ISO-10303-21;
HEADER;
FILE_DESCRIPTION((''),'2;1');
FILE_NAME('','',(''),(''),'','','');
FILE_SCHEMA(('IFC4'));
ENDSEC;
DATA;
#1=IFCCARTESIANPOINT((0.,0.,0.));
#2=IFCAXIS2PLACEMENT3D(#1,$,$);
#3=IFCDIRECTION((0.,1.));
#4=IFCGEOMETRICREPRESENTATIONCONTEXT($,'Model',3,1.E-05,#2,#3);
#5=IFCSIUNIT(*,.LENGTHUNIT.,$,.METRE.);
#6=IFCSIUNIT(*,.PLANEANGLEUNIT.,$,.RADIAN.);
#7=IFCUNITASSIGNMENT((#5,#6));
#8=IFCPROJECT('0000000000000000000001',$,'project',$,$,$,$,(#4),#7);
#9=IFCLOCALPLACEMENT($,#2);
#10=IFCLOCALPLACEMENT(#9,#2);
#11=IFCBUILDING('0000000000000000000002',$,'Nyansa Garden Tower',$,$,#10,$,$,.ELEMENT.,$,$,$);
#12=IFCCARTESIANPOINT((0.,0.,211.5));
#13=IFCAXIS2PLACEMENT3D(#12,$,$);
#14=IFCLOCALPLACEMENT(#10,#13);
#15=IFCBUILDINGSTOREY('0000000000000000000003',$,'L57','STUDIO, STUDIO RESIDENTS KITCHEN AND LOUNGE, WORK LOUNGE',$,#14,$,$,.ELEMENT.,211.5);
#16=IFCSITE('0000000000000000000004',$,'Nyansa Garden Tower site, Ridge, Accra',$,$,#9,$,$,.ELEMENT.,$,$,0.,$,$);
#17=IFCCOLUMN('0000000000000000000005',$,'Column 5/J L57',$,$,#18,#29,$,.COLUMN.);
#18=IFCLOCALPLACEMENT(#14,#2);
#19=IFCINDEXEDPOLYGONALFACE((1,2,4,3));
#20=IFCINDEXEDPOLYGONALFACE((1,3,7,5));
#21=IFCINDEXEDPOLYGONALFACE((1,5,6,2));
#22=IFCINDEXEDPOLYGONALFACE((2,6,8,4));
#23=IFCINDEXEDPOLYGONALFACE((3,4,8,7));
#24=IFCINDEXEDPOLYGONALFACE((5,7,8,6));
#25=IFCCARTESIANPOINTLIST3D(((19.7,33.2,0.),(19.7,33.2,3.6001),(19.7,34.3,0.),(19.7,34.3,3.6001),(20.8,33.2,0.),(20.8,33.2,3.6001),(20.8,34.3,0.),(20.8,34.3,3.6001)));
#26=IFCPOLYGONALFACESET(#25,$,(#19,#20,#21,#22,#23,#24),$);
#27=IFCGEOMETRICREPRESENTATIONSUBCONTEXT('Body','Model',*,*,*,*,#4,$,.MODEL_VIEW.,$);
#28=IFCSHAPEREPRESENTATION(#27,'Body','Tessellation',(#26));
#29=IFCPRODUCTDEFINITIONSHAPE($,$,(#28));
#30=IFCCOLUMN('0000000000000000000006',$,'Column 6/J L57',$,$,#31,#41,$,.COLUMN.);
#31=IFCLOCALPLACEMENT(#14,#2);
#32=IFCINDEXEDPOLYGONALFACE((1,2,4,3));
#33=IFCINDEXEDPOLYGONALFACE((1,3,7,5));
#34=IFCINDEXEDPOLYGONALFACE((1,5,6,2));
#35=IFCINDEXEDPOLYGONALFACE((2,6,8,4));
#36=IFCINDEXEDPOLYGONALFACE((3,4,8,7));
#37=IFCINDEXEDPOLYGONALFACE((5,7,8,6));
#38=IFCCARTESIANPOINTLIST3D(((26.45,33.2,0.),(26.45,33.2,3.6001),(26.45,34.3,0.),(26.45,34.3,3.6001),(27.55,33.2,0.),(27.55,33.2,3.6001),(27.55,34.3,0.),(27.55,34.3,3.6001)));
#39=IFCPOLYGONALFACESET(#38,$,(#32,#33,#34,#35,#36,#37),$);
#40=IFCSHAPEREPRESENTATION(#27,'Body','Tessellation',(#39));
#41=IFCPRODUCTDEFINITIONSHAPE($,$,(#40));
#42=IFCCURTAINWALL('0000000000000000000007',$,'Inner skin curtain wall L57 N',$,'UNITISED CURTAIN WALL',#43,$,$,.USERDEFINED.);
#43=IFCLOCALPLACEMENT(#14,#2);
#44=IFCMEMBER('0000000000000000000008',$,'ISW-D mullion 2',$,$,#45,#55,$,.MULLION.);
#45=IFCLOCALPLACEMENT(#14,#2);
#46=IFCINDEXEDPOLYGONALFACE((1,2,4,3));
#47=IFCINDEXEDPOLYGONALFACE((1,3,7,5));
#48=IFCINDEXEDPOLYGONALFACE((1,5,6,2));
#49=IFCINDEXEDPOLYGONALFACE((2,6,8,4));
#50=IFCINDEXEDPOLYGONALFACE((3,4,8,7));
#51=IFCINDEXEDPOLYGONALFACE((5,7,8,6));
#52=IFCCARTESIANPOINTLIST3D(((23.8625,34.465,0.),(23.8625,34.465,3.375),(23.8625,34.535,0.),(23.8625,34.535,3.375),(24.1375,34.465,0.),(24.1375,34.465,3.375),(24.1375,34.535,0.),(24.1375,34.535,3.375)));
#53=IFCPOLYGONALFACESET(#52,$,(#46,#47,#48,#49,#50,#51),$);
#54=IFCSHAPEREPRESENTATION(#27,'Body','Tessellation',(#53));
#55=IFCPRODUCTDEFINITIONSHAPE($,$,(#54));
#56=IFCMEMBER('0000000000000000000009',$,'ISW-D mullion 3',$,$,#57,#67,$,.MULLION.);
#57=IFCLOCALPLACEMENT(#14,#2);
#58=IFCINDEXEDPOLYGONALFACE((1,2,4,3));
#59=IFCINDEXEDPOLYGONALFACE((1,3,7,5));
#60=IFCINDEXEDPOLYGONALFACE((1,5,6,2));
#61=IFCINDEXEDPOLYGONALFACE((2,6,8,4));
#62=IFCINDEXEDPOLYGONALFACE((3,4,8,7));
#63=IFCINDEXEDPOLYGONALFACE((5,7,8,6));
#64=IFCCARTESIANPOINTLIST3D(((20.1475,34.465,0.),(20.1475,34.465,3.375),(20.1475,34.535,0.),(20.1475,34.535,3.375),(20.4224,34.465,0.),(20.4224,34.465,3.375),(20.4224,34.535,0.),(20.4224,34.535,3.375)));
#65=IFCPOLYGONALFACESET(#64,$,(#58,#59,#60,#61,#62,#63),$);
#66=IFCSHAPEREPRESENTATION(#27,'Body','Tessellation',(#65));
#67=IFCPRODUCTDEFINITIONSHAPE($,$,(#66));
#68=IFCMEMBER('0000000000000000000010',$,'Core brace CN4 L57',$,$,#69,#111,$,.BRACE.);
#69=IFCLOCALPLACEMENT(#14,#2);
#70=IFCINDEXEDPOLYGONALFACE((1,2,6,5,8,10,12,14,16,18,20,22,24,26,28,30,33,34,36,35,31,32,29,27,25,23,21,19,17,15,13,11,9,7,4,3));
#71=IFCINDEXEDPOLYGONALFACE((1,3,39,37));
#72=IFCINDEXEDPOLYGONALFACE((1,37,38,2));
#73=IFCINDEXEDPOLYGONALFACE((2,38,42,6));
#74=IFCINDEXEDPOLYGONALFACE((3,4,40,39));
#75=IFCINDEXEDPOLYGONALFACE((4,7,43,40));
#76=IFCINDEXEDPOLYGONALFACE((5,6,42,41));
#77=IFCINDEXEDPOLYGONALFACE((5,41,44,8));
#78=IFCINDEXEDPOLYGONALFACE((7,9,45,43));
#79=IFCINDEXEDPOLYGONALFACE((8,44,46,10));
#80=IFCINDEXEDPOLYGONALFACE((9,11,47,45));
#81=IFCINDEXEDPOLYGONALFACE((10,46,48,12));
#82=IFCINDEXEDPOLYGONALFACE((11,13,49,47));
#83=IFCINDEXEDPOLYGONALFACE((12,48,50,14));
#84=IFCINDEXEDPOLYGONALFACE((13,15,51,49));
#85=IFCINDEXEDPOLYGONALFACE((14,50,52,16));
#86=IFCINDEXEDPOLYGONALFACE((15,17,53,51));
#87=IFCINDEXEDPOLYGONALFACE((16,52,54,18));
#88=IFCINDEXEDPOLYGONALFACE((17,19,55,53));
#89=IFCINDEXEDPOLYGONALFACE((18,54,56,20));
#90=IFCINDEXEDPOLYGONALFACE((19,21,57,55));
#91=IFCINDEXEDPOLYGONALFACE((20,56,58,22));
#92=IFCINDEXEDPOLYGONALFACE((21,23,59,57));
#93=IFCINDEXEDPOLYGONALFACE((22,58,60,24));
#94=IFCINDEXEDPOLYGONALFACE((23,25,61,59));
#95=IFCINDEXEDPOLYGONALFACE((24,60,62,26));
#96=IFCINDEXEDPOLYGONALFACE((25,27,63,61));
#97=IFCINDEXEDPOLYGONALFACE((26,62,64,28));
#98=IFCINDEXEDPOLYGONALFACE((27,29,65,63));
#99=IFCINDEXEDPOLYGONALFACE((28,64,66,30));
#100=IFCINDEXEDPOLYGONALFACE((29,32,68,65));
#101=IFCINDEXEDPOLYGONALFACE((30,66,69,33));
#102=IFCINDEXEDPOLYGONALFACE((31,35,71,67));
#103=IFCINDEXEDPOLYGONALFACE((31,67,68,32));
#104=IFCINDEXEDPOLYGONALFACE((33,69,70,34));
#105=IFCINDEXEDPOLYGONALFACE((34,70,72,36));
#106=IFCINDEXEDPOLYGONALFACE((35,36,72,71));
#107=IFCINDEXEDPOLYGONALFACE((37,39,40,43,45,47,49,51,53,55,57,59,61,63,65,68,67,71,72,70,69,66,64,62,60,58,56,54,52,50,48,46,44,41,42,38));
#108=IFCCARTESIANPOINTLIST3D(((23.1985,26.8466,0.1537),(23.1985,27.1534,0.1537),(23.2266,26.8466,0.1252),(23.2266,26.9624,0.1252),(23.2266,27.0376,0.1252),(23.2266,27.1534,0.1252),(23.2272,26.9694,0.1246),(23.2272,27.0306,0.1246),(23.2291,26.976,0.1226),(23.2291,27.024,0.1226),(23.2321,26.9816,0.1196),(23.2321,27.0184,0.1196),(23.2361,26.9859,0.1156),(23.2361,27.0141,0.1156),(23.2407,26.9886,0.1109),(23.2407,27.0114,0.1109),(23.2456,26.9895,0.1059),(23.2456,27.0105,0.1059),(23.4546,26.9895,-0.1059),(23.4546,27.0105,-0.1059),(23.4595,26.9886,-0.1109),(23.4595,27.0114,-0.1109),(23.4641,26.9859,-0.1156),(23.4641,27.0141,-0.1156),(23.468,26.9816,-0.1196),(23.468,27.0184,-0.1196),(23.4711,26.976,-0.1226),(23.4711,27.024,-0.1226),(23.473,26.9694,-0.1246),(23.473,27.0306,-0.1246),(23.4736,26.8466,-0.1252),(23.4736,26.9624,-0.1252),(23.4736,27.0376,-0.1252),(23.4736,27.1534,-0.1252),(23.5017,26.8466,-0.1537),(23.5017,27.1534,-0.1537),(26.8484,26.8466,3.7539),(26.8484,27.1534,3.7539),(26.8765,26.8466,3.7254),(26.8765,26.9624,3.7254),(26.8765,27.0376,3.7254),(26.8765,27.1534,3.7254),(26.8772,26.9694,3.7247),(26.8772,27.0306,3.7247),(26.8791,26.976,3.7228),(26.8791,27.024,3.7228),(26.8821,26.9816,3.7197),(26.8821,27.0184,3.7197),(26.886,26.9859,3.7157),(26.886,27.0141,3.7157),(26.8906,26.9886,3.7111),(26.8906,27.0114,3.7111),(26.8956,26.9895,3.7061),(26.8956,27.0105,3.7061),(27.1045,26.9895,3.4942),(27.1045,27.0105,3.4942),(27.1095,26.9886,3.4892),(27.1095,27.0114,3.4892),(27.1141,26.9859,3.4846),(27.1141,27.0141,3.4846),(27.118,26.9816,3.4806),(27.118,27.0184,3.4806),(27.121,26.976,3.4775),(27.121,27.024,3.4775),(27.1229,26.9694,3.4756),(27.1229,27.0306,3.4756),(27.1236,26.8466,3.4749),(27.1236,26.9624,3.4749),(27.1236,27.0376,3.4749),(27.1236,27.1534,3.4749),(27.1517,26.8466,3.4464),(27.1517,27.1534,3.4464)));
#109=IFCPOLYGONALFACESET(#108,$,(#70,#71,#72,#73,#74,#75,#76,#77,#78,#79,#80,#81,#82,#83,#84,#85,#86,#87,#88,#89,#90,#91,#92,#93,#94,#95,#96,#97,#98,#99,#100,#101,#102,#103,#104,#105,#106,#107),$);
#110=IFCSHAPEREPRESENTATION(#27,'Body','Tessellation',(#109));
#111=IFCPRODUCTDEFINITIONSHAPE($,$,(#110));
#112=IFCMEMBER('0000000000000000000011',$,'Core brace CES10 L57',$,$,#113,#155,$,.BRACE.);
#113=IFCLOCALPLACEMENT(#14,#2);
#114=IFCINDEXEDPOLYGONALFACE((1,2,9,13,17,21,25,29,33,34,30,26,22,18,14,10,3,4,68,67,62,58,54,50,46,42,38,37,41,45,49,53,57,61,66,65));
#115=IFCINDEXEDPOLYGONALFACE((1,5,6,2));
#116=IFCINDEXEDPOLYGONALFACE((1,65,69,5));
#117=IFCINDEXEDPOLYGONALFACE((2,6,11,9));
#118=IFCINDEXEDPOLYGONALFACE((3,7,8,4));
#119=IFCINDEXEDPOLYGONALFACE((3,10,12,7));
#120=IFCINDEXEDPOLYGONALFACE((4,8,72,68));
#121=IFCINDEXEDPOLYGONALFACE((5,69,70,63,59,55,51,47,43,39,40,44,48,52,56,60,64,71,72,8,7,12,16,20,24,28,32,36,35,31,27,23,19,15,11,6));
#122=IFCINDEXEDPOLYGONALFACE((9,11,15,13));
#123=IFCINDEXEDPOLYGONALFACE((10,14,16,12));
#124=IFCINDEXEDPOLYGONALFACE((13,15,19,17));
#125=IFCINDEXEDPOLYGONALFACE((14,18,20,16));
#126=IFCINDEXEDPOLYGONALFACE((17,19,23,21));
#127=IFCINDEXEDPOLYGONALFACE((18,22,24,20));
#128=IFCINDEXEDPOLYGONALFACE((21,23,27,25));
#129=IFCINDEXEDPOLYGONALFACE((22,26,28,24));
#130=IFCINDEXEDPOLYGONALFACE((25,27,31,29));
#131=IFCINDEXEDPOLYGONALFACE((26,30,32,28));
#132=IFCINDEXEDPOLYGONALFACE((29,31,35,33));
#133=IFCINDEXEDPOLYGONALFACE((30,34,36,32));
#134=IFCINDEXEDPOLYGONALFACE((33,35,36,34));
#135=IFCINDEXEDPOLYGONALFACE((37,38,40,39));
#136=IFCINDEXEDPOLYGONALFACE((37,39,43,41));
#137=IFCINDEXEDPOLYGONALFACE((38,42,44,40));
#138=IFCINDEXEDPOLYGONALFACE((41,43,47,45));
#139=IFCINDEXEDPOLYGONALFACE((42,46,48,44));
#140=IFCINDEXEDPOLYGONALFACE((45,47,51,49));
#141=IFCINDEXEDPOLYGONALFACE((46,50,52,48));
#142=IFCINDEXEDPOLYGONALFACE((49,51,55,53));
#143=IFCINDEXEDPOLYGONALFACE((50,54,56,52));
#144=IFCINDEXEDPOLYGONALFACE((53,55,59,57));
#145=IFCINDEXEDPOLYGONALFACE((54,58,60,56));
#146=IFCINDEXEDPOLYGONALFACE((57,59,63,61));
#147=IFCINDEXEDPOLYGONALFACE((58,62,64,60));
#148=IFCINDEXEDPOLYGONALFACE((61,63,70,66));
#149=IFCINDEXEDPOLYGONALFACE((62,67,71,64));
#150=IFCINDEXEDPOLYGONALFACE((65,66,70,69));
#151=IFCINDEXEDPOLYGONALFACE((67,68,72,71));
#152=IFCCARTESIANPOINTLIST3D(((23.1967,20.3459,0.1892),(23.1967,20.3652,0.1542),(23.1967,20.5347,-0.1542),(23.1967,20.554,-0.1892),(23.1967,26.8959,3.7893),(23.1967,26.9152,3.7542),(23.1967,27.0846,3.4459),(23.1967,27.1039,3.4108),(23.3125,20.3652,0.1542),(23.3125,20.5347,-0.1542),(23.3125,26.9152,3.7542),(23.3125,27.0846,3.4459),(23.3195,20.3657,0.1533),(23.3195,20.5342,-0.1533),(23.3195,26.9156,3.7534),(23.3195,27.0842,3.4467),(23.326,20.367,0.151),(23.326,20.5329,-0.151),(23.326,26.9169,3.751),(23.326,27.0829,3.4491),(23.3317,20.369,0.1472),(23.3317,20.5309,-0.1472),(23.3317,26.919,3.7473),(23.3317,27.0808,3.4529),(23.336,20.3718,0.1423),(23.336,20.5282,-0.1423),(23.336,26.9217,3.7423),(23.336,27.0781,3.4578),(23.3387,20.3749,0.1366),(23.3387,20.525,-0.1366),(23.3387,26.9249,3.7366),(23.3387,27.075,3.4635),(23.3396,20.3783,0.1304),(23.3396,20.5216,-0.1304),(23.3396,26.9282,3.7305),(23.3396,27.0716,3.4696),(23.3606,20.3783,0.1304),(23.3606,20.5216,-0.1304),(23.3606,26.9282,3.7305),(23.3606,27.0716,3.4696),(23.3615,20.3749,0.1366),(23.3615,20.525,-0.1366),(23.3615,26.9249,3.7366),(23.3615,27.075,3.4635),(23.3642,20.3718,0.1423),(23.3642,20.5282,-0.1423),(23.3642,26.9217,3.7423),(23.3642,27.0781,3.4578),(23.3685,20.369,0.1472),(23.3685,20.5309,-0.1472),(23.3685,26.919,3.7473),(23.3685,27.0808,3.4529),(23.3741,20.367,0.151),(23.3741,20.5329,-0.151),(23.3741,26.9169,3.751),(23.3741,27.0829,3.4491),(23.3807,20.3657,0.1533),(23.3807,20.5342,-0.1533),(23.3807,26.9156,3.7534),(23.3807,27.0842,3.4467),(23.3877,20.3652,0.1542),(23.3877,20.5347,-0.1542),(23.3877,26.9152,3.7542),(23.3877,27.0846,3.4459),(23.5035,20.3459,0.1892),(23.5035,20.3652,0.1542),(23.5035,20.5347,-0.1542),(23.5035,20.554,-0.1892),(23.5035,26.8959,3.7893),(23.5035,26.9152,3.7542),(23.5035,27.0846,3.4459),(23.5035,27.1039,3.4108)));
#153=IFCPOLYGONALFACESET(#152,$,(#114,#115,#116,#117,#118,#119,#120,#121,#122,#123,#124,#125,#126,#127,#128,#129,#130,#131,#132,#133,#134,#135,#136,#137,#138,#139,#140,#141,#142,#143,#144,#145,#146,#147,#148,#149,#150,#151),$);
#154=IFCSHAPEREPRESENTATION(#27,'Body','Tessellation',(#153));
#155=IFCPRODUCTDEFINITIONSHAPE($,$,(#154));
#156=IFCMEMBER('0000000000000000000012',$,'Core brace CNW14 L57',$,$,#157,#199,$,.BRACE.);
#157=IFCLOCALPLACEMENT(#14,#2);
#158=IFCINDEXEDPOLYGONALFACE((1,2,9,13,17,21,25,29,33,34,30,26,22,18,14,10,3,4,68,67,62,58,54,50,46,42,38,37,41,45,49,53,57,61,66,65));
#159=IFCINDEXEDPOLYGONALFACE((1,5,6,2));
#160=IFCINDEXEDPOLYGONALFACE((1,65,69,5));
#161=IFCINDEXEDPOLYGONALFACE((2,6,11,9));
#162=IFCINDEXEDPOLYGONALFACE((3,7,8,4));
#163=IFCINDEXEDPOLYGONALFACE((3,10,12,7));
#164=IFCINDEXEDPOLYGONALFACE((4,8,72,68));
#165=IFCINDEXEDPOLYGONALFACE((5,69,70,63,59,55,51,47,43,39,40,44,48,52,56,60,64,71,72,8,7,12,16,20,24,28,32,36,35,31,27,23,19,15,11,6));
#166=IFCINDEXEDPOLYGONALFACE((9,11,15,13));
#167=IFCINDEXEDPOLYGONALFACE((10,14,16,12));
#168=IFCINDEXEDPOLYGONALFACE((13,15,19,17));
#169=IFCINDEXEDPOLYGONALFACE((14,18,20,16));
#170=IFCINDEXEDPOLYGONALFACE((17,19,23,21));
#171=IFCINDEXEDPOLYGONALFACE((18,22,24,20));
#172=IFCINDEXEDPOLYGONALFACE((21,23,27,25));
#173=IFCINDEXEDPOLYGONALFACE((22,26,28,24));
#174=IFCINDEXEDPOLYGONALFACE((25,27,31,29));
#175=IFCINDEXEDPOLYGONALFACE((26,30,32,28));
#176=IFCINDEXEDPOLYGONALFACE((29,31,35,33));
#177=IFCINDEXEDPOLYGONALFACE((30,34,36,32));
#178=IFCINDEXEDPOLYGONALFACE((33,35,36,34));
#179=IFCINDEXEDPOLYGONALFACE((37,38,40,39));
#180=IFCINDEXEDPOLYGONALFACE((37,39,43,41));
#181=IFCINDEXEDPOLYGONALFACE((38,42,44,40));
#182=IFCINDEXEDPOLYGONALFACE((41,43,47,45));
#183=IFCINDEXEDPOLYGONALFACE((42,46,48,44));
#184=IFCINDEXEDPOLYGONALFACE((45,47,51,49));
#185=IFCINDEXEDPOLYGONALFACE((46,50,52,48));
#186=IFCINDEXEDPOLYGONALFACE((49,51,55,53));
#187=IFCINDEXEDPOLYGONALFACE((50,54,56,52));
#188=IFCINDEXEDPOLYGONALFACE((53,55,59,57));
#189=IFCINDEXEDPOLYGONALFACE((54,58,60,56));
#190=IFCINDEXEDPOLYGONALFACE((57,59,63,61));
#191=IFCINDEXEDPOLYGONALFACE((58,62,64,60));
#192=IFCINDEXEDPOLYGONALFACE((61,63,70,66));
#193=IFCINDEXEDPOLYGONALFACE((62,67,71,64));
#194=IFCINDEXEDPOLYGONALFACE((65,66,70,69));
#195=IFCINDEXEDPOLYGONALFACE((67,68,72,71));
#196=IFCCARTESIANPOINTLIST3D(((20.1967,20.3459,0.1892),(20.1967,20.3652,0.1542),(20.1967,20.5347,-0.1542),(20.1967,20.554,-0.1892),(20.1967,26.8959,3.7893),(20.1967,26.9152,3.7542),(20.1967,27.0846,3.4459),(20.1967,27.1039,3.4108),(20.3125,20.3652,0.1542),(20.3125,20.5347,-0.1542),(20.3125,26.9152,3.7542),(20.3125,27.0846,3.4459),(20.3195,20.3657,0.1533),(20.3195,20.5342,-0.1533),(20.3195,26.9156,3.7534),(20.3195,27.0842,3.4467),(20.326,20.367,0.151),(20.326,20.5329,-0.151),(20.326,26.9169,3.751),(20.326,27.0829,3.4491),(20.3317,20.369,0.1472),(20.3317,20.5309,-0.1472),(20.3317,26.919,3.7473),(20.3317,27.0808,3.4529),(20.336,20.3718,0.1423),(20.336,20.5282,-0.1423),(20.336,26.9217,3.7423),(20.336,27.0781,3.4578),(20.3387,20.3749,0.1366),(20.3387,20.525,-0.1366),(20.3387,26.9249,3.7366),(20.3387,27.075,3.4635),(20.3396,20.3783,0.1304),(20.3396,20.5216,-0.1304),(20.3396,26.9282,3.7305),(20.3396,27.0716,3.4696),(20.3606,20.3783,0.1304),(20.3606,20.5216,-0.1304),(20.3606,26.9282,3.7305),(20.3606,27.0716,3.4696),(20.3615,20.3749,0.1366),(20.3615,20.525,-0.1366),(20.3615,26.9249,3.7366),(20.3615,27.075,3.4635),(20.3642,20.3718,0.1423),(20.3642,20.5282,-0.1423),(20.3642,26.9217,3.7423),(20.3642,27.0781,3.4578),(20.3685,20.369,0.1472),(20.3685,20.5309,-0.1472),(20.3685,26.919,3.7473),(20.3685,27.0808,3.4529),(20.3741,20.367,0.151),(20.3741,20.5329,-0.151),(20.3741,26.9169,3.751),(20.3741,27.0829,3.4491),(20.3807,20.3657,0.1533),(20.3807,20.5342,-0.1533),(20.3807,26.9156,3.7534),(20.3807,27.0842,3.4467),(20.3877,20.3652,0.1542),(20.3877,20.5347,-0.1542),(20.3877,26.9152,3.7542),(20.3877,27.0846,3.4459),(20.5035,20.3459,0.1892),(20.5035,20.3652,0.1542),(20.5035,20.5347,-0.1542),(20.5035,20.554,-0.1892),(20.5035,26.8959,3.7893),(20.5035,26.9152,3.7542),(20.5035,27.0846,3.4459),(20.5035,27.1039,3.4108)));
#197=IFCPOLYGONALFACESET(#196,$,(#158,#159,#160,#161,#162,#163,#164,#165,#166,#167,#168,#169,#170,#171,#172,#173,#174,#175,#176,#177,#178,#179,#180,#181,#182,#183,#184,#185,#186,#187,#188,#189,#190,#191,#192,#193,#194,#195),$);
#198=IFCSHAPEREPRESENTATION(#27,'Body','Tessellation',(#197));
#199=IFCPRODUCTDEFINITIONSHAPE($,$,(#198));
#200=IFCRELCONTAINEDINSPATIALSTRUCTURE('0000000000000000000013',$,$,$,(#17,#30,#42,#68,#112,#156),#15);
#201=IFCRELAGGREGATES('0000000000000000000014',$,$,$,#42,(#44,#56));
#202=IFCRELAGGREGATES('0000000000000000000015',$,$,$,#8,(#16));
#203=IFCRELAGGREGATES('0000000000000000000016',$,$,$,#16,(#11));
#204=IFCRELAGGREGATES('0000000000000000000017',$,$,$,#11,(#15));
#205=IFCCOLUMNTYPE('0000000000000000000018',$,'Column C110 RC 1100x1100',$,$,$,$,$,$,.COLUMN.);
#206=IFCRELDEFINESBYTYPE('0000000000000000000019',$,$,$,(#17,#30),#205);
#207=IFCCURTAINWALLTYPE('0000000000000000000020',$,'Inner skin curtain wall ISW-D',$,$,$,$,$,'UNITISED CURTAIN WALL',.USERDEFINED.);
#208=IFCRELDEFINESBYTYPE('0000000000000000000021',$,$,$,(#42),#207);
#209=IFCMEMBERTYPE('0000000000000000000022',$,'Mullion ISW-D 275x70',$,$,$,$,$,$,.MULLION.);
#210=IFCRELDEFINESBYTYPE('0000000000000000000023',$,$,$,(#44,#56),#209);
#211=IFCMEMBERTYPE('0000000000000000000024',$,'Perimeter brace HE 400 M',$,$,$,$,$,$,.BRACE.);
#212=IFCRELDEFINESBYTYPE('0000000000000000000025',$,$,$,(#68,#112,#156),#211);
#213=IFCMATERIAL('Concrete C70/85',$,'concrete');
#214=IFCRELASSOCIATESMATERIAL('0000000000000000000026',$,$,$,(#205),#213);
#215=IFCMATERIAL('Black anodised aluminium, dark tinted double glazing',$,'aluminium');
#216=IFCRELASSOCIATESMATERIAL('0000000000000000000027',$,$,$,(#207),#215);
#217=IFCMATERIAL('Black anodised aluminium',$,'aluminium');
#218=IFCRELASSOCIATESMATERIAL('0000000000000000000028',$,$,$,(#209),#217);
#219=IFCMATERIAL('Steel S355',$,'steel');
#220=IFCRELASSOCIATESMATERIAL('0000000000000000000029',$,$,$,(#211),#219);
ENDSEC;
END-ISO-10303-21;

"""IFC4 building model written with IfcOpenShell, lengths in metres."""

from ifc_helpers import new_model, si_unit, direction, frame, origin, origin_2d, place, context, subcontext, project, spatial, rectangle, i_section, extrude, material, material_profile, profile_set, type_object, element, aggregate, save


model = new_model("IFC4")

# Units and contexts
model_context = context("Model", 3, precision=1e-05, world=origin(), true_north=direction((0.0, 1.0)))
body_context = subcontext(model_context, "Body", "Model", "MODEL_VIEW")
ifc_project = project(units=[si_unit("LENGTHUNIT", "METRE"), si_unit("PLANEANGLEUNIT", "RADIAN")], contexts=[model_context])

# Site, building, storey
site_placement = place(None, origin())
site = spatial("IfcSite", under=ifc_project, at=site_placement, Name="Nyansa Garden Tower site, Ridge, Accra", CompositionType="ELEMENT", RefElevation=0.0)
building_placement = place(site_placement, origin())
building = spatial("IfcBuilding", under=site, at=building_placement, Name="Nyansa Garden Tower", CompositionType="ELEMENT")
storey_placement = place(building_placement, frame((0.0, 0.0, 211.5)))
storey = spatial("IfcBuildingStorey", under=building, at=storey_placement, Name="L57", Description="STUDIO, STUDIO RESIDENTS KITCHEN AND LOUNGE, WORK LOUNGE", CompositionType="ELEMENT", Elevation=211.5)

# Columns
ifc_material_1 = material(Name="Concrete C70/85", Category="concrete")
ifc_material_profile_1 = material_profile(ifc_material_1, rectangle(XDim=1.1001, YDim=1.1001, at=origin_2d()), Name="RC 1100x1100")
ifc_profile_set_1 = profile_set([ifc_material_profile_1], Name="Concrete C70/85")
column_type = type_object("IfcColumnType", Name="Column C110 RC 1100x1100", PredefinedType="COLUMN", material=ifc_profile_set_1)
for number, where, z_axis, x_axis, name in (
    (1, (20.25, 33.75, 0.0), (0.0, 0.0, 1.0), (1.0, 0.0, 0.0), "Column 5/J L57"),
    (2, (27.0, 33.75, 0.0), (0.0, 0.0, 1.0), (1.0, 0.0, 0.0), "Column 6/J L57"),
):
    element("IfcColumn", number, at=place(storey_placement, frame(where, z_axis=z_axis, x_axis=x_axis)), inside=storey, type_object=column_type, Name=name, PredefinedType="COLUMN", context=body_context, shape_type="SweptSolid", body=[
        extrude(rectangle(XDim=1.1001, YDim=1.1001, at=origin_2d()), origin(), (0.0, 0.0, 1.0), 3.6001),
    ])

# Curtain wall, members
ifc_material_2 = material(Name="Black anodised aluminium, dark tinted double glazing", Category="aluminium")
curtain_wall_type = type_object("IfcCurtainWallType", Name="Inner skin curtain wall ISW-D", ElementType="UNITISED CURTAIN WALL", PredefinedType="USERDEFINED", material=ifc_material_2)
curtain_wall_placement = place(storey_placement, origin())
curtain_wall = element("IfcCurtainWall", 3, at=curtain_wall_placement, inside=storey, type_object=curtain_wall_type, Name="Inner skin curtain wall L57 N", ObjectType="UNITISED CURTAIN WALL", PredefinedType="USERDEFINED")
ifc_material_3 = material(Name="Black anodised aluminium", Category="aluminium")
ifc_material_profile_2 = material_profile(ifc_material_3, rectangle(XDim=0.0701, YDim=0.2749, at=origin_2d()), Name="Mullion 275x70")
ifc_profile_set_2 = profile_set([ifc_material_profile_2], Name="Black anodised aluminium")
member_type_1 = type_object("IfcMemberType", Name="Mullion ISW-D 275x70", PredefinedType="MULLION", material=ifc_profile_set_2)
member_1_placement = place(storey_placement, frame((24.0, 34.5, 0.0), z_axis=(0.0, 0.0, 1.0), x_axis=(0.0, -1.0, 0.0)))
member_1 = element("IfcMember", 4, at=member_1_placement, type_object=member_type_1, Name="ISW-D mullion 2", PredefinedType="MULLION", context=body_context, shape_type="SweptSolid", body=[
    extrude(rectangle(XDim=0.0701, YDim=0.2749, at=origin_2d()), origin(), (0.0, 0.0, 1.0), 3.375),
])
member_2_placement = place(storey_placement, frame((20.2849, 34.5, 0.0), z_axis=(0.0, 0.0, 1.0), x_axis=(0.0, -1.0, 0.0)))
member_2 = element("IfcMember", 5, at=member_2_placement, type_object=member_type_1, Name="ISW-D mullion 3", PredefinedType="MULLION", context=body_context, shape_type="SweptSolid", body=[
    extrude(rectangle(XDim=0.0701, YDim=0.2749, at=origin_2d()), origin(), (0.0, 0.0, 1.0), 3.375),
])

# Members
ifc_material_4 = material(Name="Steel S355", Category="steel")
ifc_material_profile_3 = material_profile(ifc_material_4, i_section(OverallWidth=0.3069, OverallDepth=0.4319, WebThickness=0.021, FlangeThickness=0.04, FilletRadius=0.0271, at=origin_2d()), Name="HE 400 M")
ifc_profile_set_3 = profile_set([ifc_material_profile_3], Name="Steel S355")
member_type_2 = type_object("IfcMemberType", Name="Perimeter brace HE 400 M", PredefinedType="BRACE", material=ifc_profile_set_3)
member_3_placement = place(storey_placement, frame((23.3501, 27.0, 0.0), z_axis=(0.711948, 0.0, 0.702233), x_axis=(0.0, 1.0, 0.0)))
element("IfcMember", 6, at=member_3_placement, inside=storey, type_object=member_type_2, Name="Core brace CN4 L57", PredefinedType="BRACE", context=body_context, shape_type="SweptSolid", body=[
    extrude(i_section(OverallWidth=0.3069, OverallDepth=0.4319, WebThickness=0.021, FlangeThickness=0.04, FilletRadius=0.0271, at=origin_2d()), origin(), (0.0, 0.0, 1.0), 5.1267),
])
for number, where, z_axis, x_axis, name in (
    (7, (23.3501, 20.45, 0.0), (0.0, 0.876353, 0.481669), (-1.0, 0.0, 0.0), "Core brace CES10 L57"),
    (8, (20.3501, 20.45, 0.0), (0.0, 0.876353, 0.481669), (-1.0, 0.0, 0.0), "Core brace CNW14 L57"),
):
    element("IfcMember", number, at=place(storey_placement, frame(where, z_axis=z_axis, x_axis=x_axis)), inside=storey, type_object=member_type_2, Name=name, PredefinedType="BRACE", context=body_context, shape_type="SweptSolid", body=[
        extrude(i_section(OverallWidth=0.3069, OverallDepth=0.4319, WebThickness=0.021, FlangeThickness=0.04, FilletRadius=0.0271, at=origin_2d()), origin(), (0.0, 0.0, 1.0), 7.4741),
    ])

aggregate(curtain_wall, [member_1, member_2])

save(model, "model.ifc")
